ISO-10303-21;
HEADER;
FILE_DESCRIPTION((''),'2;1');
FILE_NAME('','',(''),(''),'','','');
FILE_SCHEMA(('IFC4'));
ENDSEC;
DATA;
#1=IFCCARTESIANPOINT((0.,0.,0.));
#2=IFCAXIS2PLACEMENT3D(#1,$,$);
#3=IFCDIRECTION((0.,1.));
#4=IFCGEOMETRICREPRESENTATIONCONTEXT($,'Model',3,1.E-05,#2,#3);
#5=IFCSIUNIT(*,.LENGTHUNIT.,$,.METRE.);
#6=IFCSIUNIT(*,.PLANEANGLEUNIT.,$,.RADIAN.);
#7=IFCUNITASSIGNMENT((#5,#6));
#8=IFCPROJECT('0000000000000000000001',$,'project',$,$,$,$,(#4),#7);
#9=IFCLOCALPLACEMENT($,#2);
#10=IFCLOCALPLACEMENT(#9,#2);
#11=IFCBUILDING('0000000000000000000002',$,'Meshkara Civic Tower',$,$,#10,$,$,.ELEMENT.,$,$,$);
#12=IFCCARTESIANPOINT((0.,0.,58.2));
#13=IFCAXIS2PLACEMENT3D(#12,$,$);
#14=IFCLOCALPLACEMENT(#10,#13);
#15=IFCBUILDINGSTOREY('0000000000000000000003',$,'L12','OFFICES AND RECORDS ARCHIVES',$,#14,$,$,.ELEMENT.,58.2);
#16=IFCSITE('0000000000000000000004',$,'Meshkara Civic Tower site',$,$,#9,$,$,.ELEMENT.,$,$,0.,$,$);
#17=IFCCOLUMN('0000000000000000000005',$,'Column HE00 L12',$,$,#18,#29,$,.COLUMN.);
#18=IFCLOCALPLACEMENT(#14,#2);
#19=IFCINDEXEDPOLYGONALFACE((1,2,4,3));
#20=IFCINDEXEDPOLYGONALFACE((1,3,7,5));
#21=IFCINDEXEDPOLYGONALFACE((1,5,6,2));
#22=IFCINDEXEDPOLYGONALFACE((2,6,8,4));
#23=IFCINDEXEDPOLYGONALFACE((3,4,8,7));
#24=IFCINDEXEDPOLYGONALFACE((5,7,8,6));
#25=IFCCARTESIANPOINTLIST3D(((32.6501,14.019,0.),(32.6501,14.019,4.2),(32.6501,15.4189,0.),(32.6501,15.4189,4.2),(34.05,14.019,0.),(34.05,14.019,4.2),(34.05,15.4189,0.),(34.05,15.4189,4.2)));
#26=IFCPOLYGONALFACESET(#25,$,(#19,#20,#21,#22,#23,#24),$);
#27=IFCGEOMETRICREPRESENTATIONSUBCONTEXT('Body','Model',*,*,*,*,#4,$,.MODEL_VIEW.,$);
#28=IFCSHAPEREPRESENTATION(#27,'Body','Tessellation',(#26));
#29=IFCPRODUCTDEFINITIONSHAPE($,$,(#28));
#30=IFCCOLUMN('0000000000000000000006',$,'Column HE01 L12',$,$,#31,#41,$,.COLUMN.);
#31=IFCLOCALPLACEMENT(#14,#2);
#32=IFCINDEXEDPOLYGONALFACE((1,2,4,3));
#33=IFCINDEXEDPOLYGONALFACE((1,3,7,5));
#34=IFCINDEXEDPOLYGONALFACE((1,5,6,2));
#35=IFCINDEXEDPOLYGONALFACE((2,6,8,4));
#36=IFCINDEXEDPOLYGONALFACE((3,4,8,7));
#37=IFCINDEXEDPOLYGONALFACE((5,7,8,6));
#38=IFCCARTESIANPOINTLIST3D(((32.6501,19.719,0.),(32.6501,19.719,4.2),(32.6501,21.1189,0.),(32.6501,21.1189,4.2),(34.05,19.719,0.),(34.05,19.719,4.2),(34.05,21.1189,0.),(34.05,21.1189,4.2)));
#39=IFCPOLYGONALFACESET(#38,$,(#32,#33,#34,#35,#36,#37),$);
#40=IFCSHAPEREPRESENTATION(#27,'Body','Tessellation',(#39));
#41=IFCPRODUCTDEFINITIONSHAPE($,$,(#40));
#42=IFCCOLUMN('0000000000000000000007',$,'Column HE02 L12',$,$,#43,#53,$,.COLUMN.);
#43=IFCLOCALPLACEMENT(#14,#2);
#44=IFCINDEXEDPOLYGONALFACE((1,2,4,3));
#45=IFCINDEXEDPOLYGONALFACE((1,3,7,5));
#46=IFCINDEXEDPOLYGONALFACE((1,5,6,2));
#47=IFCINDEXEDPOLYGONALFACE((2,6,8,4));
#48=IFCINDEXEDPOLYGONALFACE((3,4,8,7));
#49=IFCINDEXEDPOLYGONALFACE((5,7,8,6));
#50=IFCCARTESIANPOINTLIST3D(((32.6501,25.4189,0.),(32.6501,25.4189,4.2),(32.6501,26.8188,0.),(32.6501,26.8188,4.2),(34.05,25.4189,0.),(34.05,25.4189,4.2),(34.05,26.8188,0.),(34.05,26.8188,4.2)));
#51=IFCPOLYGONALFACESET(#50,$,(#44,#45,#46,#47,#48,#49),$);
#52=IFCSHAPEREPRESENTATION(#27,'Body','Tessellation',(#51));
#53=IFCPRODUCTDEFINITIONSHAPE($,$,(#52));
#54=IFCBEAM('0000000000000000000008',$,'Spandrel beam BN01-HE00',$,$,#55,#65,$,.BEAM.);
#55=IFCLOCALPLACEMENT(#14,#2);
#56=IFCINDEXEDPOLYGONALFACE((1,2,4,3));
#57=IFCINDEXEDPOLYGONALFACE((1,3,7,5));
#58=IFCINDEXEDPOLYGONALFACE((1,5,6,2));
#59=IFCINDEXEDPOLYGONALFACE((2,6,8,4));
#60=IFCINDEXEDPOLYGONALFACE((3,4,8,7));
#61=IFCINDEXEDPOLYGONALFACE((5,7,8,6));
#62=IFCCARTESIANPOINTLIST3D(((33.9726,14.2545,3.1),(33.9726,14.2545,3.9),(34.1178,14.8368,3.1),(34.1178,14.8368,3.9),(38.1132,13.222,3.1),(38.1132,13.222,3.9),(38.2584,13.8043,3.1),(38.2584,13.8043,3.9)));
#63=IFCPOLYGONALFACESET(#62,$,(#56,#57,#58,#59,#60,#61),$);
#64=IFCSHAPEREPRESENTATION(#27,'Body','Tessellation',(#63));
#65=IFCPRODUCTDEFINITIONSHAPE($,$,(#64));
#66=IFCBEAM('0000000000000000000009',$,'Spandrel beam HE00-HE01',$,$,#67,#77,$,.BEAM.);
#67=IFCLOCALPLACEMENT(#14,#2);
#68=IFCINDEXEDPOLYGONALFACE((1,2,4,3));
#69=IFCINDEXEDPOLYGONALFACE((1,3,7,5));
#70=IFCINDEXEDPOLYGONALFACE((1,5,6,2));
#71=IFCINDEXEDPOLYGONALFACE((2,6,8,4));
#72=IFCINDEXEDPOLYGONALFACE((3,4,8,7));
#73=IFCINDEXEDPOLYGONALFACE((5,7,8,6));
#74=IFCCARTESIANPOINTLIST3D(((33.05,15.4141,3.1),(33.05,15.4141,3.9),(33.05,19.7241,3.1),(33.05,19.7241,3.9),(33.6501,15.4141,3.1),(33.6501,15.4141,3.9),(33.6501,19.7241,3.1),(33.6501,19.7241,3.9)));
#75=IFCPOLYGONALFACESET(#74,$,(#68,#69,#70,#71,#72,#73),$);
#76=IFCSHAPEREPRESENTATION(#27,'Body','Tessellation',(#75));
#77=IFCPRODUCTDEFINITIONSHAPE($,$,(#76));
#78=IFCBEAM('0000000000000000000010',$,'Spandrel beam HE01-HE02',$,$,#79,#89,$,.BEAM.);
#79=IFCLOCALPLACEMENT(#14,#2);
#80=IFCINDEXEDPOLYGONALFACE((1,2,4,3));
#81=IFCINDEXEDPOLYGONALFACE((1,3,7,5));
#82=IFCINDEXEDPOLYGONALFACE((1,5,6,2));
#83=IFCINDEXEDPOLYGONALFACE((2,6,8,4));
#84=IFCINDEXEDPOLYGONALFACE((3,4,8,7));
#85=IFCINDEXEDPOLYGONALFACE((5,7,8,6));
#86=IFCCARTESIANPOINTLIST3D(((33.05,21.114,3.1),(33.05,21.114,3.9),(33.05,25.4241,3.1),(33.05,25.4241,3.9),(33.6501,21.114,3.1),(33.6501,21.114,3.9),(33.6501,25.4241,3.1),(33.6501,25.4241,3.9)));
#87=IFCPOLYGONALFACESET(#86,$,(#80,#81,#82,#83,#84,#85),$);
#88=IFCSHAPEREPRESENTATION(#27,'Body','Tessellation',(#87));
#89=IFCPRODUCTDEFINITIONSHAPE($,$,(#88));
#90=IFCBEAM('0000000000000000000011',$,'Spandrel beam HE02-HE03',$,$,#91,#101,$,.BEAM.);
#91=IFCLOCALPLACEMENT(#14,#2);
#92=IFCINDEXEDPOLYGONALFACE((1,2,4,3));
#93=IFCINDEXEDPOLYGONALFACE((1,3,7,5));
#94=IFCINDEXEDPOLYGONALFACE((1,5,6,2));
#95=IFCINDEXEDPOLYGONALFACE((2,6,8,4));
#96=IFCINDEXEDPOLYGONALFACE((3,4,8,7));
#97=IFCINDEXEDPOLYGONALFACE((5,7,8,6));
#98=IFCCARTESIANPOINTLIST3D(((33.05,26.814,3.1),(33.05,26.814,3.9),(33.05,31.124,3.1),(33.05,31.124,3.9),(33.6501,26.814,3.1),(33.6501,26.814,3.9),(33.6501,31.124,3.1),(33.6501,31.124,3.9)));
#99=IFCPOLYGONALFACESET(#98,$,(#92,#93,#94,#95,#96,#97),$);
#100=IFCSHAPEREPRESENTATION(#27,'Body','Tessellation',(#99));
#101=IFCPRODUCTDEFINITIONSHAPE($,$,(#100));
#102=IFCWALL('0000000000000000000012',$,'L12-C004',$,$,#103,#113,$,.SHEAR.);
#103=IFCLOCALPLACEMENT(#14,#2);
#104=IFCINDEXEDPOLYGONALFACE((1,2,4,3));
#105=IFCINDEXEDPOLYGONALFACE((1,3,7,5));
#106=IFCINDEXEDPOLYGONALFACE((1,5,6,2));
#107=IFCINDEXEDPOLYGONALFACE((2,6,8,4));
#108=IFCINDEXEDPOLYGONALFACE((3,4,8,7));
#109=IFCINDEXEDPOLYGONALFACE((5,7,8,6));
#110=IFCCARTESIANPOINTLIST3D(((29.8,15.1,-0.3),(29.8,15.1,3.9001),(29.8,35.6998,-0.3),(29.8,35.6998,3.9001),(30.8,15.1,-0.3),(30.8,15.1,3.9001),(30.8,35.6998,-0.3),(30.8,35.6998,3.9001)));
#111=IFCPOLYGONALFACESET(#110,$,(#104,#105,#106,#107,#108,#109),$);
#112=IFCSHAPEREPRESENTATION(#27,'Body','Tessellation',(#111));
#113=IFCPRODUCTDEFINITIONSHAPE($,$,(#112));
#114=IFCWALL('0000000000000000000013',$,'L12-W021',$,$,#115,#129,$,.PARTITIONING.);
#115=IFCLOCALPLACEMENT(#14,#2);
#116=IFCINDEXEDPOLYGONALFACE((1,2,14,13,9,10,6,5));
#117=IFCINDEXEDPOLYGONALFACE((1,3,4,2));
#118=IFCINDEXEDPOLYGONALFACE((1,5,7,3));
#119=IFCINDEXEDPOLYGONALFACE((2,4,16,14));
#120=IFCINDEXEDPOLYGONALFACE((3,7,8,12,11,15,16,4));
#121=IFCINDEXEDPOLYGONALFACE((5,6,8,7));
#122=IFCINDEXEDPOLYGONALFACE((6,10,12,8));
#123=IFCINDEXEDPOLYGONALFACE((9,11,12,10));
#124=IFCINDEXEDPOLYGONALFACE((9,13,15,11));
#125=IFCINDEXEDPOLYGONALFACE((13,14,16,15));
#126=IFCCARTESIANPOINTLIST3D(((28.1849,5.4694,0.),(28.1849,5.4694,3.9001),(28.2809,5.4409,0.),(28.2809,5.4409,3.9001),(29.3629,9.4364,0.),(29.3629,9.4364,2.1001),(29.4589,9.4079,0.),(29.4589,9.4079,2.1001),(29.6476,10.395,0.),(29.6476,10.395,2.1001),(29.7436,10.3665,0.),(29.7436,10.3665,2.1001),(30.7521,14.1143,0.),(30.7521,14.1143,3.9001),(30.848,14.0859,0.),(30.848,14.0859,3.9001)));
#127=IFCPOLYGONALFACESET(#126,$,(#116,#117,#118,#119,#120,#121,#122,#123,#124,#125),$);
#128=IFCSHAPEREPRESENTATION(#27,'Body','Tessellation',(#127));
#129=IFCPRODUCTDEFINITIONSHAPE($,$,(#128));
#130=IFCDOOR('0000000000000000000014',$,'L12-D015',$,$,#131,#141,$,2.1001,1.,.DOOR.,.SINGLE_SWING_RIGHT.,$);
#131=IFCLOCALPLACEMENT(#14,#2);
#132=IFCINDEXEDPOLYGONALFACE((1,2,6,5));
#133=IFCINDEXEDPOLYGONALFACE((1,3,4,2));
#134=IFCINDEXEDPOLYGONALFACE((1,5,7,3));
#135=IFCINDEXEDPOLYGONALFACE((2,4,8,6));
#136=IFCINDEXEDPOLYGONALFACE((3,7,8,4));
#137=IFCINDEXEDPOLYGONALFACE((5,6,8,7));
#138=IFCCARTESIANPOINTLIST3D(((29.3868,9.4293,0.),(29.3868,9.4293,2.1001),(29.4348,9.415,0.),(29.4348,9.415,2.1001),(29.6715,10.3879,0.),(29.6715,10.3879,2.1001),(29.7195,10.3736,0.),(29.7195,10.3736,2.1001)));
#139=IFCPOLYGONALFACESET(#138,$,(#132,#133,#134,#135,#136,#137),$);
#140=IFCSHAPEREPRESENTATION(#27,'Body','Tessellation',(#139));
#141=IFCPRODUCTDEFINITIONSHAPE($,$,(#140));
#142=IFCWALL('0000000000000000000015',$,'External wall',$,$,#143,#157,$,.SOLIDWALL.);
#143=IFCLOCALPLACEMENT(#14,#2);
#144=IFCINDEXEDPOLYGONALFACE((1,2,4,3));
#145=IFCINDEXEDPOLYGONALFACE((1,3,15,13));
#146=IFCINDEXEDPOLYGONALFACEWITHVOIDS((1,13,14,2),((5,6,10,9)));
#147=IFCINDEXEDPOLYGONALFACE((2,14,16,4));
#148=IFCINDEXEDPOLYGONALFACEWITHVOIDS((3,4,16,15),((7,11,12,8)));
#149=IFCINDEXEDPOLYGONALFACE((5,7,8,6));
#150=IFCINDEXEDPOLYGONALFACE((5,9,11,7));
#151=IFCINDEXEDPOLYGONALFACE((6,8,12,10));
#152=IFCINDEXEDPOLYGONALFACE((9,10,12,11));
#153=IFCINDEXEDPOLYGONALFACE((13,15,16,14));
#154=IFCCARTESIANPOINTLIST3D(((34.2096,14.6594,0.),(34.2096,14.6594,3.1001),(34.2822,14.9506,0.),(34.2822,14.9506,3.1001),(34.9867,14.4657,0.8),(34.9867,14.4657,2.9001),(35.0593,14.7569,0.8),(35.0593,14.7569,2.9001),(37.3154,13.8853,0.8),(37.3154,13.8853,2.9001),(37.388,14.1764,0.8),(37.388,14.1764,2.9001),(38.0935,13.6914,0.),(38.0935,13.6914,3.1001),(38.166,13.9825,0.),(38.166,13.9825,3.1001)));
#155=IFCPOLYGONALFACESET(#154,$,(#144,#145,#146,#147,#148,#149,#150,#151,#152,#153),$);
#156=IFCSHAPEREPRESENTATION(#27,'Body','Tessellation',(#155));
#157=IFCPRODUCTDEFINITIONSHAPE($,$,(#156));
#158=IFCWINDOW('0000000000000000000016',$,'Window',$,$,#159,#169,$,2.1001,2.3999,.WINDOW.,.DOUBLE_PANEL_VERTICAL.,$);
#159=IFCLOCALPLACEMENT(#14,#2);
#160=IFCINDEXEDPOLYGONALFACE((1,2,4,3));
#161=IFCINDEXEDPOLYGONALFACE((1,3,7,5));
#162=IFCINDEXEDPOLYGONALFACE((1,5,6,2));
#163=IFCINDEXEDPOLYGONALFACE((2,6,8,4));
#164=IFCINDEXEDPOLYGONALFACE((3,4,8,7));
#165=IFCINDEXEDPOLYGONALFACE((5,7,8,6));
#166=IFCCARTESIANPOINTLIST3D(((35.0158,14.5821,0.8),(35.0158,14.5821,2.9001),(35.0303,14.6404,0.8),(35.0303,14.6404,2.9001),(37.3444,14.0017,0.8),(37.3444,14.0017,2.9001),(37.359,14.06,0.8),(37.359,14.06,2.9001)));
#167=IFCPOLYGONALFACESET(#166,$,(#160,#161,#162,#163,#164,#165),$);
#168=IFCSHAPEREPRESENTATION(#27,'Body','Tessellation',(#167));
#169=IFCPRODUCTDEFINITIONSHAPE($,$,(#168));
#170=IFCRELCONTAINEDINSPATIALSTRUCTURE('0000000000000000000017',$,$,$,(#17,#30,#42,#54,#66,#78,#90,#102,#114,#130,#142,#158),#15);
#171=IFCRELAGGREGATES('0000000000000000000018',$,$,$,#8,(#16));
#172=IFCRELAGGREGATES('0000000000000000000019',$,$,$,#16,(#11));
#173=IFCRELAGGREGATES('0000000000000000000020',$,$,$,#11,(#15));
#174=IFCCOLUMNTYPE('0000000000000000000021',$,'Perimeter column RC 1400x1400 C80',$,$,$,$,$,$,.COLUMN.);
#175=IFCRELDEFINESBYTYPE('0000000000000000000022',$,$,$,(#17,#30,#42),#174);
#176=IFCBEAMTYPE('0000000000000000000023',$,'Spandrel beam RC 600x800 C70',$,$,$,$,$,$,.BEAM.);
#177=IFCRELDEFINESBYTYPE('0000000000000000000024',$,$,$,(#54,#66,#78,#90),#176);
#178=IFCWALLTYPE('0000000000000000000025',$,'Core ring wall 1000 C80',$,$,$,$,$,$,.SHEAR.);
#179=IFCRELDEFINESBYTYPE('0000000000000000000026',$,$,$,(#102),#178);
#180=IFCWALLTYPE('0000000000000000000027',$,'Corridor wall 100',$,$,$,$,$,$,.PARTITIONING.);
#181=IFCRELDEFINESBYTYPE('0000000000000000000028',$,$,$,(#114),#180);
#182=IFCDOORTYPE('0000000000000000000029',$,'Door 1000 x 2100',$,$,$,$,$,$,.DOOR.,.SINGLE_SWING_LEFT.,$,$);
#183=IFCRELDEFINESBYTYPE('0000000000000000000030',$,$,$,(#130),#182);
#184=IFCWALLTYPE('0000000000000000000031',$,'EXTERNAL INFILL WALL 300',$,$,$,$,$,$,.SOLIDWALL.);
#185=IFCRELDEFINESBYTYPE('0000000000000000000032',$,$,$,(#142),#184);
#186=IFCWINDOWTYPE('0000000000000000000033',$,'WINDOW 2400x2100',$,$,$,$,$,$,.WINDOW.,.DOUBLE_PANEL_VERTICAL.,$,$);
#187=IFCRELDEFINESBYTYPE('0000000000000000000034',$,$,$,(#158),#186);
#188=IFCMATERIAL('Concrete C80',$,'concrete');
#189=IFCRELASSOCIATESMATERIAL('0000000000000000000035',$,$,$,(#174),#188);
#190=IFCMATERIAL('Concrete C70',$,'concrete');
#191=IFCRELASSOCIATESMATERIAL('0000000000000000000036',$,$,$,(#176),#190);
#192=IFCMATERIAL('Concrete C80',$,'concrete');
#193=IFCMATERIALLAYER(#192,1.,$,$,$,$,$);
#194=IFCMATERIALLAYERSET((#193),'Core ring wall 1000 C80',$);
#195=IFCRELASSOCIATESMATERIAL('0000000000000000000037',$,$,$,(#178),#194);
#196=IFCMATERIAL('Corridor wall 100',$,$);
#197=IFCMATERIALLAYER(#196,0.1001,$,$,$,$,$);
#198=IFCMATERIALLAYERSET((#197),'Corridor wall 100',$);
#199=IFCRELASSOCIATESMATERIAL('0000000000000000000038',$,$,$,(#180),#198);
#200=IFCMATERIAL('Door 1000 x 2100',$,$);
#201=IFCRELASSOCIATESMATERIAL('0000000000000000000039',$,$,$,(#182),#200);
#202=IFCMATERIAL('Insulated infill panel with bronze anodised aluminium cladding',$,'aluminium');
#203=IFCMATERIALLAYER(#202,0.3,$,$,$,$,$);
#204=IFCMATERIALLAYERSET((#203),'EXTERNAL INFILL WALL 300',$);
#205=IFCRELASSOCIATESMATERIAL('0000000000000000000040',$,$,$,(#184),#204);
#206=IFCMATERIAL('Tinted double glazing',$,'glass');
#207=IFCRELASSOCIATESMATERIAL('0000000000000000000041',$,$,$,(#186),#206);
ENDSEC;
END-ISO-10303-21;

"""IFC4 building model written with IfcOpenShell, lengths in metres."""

from ifc_helpers import new_model, si_unit, direction, frame, frame_2d, origin, origin_2d, place, context, subcontext, project, spatial, rectangle, extrude, material, layer, layer_set, material_profile, profile_set, type_object, element, fill, save


model = new_model("IFC4")

# Units and contexts
model_context = context("Model", 3, precision=1e-05, world=origin(), true_north=direction((0.0, 1.0)))
body_context = subcontext(model_context, "Body", "Model", "MODEL_VIEW")
ifc_project = project(units=[si_unit("LENGTHUNIT", "METRE"), si_unit("PLANEANGLEUNIT", "RADIAN")], contexts=[model_context])

# Site, building, storey
site_placement = place(None, origin())
site = spatial("IfcSite", under=ifc_project, at=site_placement, Name="Meshkara Civic Tower site", CompositionType="ELEMENT", RefElevation=0.0)
building_placement = place(site_placement, origin())
building = spatial("IfcBuilding", under=site, at=building_placement, Name="Meshkara Civic Tower", CompositionType="ELEMENT")
storey_placement = place(building_placement, frame((0.0, 0.0, 58.2)))
storey = spatial("IfcBuildingStorey", under=building, at=storey_placement, Name="L12", Description="OFFICES AND RECORDS ARCHIVES", CompositionType="ELEMENT", Elevation=58.2)

# Columns
ifc_material_1 = material(Name="Concrete C80", Category="concrete")
ifc_material_profile_1 = material_profile(ifc_material_1, rectangle(XDim=1.3999, YDim=1.3999, at=origin_2d()))
ifc_profile_set_1 = profile_set([ifc_material_profile_1], Name="Concrete C80")
column_type = type_object("IfcColumnType", Name="Perimeter column RC 1400x1400 C80", PredefinedType="COLUMN", material=ifc_profile_set_1)
for number, where, z_axis, x_axis, name in (
    (1, (33.3501, 14.719, 0.0), (0.0, 0.0, 1.0), (1.0, 0.0, 0.0), "Column HE00 L12"),
    (2, (33.3501, 20.4189, 0.0), (0.0, 0.0, 1.0), (1.0, 0.0, 0.0), "Column HE01 L12"),
    (3, (33.3501, 26.1189, 0.0), (0.0, 0.0, 1.0), (1.0, 0.0, 0.0), "Column HE02 L12"),
):
    element("IfcColumn", number, at=place(storey_placement, frame(where, z_axis=z_axis, x_axis=x_axis)), inside=storey, type_object=column_type, Name=name, PredefinedType="COLUMN", context=body_context, shape_type="SweptSolid", body=[
        extrude(rectangle(XDim=1.3999, YDim=1.3999, at=origin_2d()), origin(), (0.0, 0.0, 1.0), 4.2),
    ])

# Beams
ifc_material_2 = material(Name="Concrete C70", Category="concrete")
ifc_material_profile_2 = material_profile(ifc_material_2, rectangle(XDim=0.6001, YDim=0.8, at=origin_2d()))
ifc_profile_set_2 = profile_set([ifc_material_profile_2], Name="Concrete C70")
beam_type = type_object("IfcBeamType", Name="Spandrel beam RC 600x800 C70", PredefinedType="BEAM", material=ifc_profile_set_2)
beam_placement = place(storey_placement, frame((38.1858, 13.5132, 3.5), z_axis=(-0.97029, 0.241943, 0.0), x_axis=(-0.241943, -0.97029, 0.0)))
element("IfcBeam", 4, at=beam_placement, inside=storey, type_object=beam_type, Name="Spandrel beam BN01-HE00", PredefinedType="BEAM", context=body_context, shape_type="SweptSolid", body=[
    extrude(rectangle(XDim=0.6001, YDim=0.8, at=origin_2d()), origin(), (0.0, 0.0, 1.0), 4.2673),
])
for number, where, z_axis, x_axis, name in (
    (5, (33.3501, 15.4141, 3.5), (0.0, 1.0, 0.0), (-1.0, 0.0, 0.0), "Spandrel beam HE00-HE01"),
    (6, (33.3501, 21.114, 3.5), (0.0, 1.0, 0.0), (-1.0, 0.0, 0.0), "Spandrel beam HE01-HE02"),
    (7, (33.3501, 26.814, 3.5), (0.0, 1.0, 0.0), (-1.0, 0.0, 0.0), "Spandrel beam HE02-HE03"),
):
    element("IfcBeam", number, at=place(storey_placement, frame(where, z_axis=z_axis, x_axis=x_axis)), inside=storey, type_object=beam_type, Name=name, PredefinedType="BEAM", context=body_context, shape_type="SweptSolid", body=[
        extrude(rectangle(XDim=0.6001, YDim=0.8, at=origin_2d()), origin(), (0.0, 0.0, 1.0), 4.3101),
    ])

# Wall
ifc_material_3 = material(Name="Concrete C80", Category="concrete")
ifc_layer_1 = layer(ifc_material_3, 1.0)
ifc_layer_set_1 = layer_set([ifc_layer_1], Name="Core ring wall 1000 C80")
wall_type_1 = type_object("IfcWallType", Name="Core ring wall 1000 C80", PredefinedType="SHEAR", material=ifc_layer_set_1)
wall_1_placement = place(storey_placement, frame((30.3, 15.1001, -0.3), z_axis=(0.0, 0.0, 1.0), x_axis=(0.0, 1.0, 0.0)))
element("IfcWall", 8, at=wall_1_placement, inside=storey, type_object=wall_type_1, Name="L12-C004", PredefinedType="SHEAR", context=body_context, shape_type="SweptSolid", body=[
    extrude(rectangle(XDim=20.5999, YDim=1.0, at=frame_2d((10.2998, 0.0))), origin(), (0.0, 0.0, 1.0), 4.2002),
])

# Wall, opening, door
ifc_material_4 = material(Name="Corridor wall 100")
ifc_layer_2 = layer(ifc_material_4, 0.1001)
ifc_layer_set_2 = layer_set([ifc_layer_2], Name="Corridor wall 100")
wall_type_2 = type_object("IfcWallType", Name="Corridor wall 100", PredefinedType="PARTITIONING", material=ifc_layer_set_2)
wall_2_placement = place(storey_placement, frame((30.8, 14.1001, 0.0), z_axis=(0.0, 0.0, 1.0), x_axis=(-0.284664, -0.958627, 0.0)))
wall_2 = element("IfcWall", 9, at=wall_2_placement, inside=storey, type_object=wall_type_2, Name="L12-W021", PredefinedType="PARTITIONING", context=body_context, shape_type="SweptSolid", body=[
    extrude(rectangle(XDim=9.0181, YDim=0.1001, at=frame_2d((4.509, 0.0))), origin(), (0.0, 0.0, 1.0), 3.9001),
])
opening_1_placement = place(wall_2_placement, frame((3.8799, 0.0, 0.0)))
opening_1 = element("IfcOpeningElement", 10, at=opening_1_placement, cuts=wall_2, PredefinedType="OPENING", context=body_context, shape_type="SweptSolid", body=[
    extrude(rectangle(XDim=1.0, YDim=2.1001, at=frame_2d((0.5, 1.05))), frame((0.0, 0.0601, 0.0), z_axis=(0.0, -1.0, 0.0), x_axis=(1.0, 0.0, 0.0)), (0.0, 0.0, 1.0), 0.1201),
])
ifc_material_5 = material(Name="Door 1000 x 2100")
door_type_1 = type_object("IfcDoorType", Name="Door 1000 x 2100", OperationType="SINGLE_SWING_LEFT", PredefinedType="DOOR", material=ifc_material_5)
door_1_placement = place(opening_1_placement, origin())
door_1 = element("IfcDoor", 11, at=door_1_placement, inside=storey, type_object=door_type_1, Name="L12-D015", OperationType="SINGLE_SWING_RIGHT", OverallHeight=2.1001, OverallWidth=1.0, PredefinedType="DOOR", context=body_context, shape_type="SweptSolid", body=[
    extrude(rectangle(XDim=1.0, YDim=2.1001, at=frame_2d((0.5, 1.05))), frame((0.0, 0.0249, 0.0), z_axis=(0.0, -1.0, 0.0), x_axis=(1.0, 0.0, 0.0)), (0.0, 0.0, 1.0), 0.05),
])
fill(opening_1, door_1)

# Wall, opening, window
ifc_material_6 = material(Name="Insulated infill panel with bronze anodised aluminium cladding", Category="aluminium")
ifc_layer_3 = layer(ifc_material_6, 0.3)
ifc_layer_set_3 = layer_set([ifc_layer_3], Name="EXTERNAL INFILL WALL 300")
wall_type_3 = type_object("IfcWallType", Name="EXTERNAL INFILL WALL 300", PredefinedType="SOLIDWALL", material=ifc_layer_set_3)
wall_3_placement = place(storey_placement, frame((38.1299, 13.8369, 0.0), z_axis=(0.0, 0.0, 1.0), x_axis=(-0.970314, 0.241847, 0.0)))
wall_3 = element("IfcWall", 12, at=wall_3_placement, inside=storey, type_object=wall_type_3, Name="External wall", PredefinedType="SOLIDWALL", context=body_context, shape_type="SweptSolid", body=[
    extrude(rectangle(XDim=4.0027, YDim=0.3, at=frame_2d((2.0015, 0.0))), origin(), (0.0, 0.0, 1.0), 3.1001),
])
opening_2_placement = place(wall_3_placement, frame((0.802, 0.0, 0.8)))
opening_2 = element("IfcOpeningElement", 13, at=opening_2_placement, cuts=wall_3, PredefinedType="OPENING", context=body_context, shape_type="SweptSolid", body=[
    extrude(rectangle(XDim=2.3999, YDim=2.1001, at=frame_2d((1.2, 1.05))), frame((0.0, 0.1599, 0.0), z_axis=(0.0, -1.0, 0.0), x_axis=(1.0, 0.0, 0.0)), (0.0, 0.0, 1.0), 0.3201),
])
ifc_material_7 = material(Name="Tinted double glazing", Category="glass")
window_type = type_object("IfcWindowType", Name="WINDOW 2400x2100", PartitioningType="DOUBLE_PANEL_VERTICAL", PredefinedType="WINDOW", material=ifc_material_7)
window_1_placement = place(opening_2_placement, origin())
window_1 = element("IfcWindow", 14, at=window_1_placement, inside=storey, type_object=window_type, Name="Window", OverallHeight=2.1001, OverallWidth=2.3999, PartitioningType="DOUBLE_PANEL_VERTICAL", PredefinedType="WINDOW", context=body_context, shape_type="SweptSolid", body=[
    extrude(rectangle(XDim=2.3999, YDim=2.1001, at=frame_2d((1.2, 1.05))), frame((0.0, 0.03, 0.0), z_axis=(0.0, -1.0, 0.0), x_axis=(1.0, 0.0, 0.0)), (0.0, 0.0, 1.0), 0.0601),
])
fill(opening_2, window_1)

save(model, "model.ifc")
